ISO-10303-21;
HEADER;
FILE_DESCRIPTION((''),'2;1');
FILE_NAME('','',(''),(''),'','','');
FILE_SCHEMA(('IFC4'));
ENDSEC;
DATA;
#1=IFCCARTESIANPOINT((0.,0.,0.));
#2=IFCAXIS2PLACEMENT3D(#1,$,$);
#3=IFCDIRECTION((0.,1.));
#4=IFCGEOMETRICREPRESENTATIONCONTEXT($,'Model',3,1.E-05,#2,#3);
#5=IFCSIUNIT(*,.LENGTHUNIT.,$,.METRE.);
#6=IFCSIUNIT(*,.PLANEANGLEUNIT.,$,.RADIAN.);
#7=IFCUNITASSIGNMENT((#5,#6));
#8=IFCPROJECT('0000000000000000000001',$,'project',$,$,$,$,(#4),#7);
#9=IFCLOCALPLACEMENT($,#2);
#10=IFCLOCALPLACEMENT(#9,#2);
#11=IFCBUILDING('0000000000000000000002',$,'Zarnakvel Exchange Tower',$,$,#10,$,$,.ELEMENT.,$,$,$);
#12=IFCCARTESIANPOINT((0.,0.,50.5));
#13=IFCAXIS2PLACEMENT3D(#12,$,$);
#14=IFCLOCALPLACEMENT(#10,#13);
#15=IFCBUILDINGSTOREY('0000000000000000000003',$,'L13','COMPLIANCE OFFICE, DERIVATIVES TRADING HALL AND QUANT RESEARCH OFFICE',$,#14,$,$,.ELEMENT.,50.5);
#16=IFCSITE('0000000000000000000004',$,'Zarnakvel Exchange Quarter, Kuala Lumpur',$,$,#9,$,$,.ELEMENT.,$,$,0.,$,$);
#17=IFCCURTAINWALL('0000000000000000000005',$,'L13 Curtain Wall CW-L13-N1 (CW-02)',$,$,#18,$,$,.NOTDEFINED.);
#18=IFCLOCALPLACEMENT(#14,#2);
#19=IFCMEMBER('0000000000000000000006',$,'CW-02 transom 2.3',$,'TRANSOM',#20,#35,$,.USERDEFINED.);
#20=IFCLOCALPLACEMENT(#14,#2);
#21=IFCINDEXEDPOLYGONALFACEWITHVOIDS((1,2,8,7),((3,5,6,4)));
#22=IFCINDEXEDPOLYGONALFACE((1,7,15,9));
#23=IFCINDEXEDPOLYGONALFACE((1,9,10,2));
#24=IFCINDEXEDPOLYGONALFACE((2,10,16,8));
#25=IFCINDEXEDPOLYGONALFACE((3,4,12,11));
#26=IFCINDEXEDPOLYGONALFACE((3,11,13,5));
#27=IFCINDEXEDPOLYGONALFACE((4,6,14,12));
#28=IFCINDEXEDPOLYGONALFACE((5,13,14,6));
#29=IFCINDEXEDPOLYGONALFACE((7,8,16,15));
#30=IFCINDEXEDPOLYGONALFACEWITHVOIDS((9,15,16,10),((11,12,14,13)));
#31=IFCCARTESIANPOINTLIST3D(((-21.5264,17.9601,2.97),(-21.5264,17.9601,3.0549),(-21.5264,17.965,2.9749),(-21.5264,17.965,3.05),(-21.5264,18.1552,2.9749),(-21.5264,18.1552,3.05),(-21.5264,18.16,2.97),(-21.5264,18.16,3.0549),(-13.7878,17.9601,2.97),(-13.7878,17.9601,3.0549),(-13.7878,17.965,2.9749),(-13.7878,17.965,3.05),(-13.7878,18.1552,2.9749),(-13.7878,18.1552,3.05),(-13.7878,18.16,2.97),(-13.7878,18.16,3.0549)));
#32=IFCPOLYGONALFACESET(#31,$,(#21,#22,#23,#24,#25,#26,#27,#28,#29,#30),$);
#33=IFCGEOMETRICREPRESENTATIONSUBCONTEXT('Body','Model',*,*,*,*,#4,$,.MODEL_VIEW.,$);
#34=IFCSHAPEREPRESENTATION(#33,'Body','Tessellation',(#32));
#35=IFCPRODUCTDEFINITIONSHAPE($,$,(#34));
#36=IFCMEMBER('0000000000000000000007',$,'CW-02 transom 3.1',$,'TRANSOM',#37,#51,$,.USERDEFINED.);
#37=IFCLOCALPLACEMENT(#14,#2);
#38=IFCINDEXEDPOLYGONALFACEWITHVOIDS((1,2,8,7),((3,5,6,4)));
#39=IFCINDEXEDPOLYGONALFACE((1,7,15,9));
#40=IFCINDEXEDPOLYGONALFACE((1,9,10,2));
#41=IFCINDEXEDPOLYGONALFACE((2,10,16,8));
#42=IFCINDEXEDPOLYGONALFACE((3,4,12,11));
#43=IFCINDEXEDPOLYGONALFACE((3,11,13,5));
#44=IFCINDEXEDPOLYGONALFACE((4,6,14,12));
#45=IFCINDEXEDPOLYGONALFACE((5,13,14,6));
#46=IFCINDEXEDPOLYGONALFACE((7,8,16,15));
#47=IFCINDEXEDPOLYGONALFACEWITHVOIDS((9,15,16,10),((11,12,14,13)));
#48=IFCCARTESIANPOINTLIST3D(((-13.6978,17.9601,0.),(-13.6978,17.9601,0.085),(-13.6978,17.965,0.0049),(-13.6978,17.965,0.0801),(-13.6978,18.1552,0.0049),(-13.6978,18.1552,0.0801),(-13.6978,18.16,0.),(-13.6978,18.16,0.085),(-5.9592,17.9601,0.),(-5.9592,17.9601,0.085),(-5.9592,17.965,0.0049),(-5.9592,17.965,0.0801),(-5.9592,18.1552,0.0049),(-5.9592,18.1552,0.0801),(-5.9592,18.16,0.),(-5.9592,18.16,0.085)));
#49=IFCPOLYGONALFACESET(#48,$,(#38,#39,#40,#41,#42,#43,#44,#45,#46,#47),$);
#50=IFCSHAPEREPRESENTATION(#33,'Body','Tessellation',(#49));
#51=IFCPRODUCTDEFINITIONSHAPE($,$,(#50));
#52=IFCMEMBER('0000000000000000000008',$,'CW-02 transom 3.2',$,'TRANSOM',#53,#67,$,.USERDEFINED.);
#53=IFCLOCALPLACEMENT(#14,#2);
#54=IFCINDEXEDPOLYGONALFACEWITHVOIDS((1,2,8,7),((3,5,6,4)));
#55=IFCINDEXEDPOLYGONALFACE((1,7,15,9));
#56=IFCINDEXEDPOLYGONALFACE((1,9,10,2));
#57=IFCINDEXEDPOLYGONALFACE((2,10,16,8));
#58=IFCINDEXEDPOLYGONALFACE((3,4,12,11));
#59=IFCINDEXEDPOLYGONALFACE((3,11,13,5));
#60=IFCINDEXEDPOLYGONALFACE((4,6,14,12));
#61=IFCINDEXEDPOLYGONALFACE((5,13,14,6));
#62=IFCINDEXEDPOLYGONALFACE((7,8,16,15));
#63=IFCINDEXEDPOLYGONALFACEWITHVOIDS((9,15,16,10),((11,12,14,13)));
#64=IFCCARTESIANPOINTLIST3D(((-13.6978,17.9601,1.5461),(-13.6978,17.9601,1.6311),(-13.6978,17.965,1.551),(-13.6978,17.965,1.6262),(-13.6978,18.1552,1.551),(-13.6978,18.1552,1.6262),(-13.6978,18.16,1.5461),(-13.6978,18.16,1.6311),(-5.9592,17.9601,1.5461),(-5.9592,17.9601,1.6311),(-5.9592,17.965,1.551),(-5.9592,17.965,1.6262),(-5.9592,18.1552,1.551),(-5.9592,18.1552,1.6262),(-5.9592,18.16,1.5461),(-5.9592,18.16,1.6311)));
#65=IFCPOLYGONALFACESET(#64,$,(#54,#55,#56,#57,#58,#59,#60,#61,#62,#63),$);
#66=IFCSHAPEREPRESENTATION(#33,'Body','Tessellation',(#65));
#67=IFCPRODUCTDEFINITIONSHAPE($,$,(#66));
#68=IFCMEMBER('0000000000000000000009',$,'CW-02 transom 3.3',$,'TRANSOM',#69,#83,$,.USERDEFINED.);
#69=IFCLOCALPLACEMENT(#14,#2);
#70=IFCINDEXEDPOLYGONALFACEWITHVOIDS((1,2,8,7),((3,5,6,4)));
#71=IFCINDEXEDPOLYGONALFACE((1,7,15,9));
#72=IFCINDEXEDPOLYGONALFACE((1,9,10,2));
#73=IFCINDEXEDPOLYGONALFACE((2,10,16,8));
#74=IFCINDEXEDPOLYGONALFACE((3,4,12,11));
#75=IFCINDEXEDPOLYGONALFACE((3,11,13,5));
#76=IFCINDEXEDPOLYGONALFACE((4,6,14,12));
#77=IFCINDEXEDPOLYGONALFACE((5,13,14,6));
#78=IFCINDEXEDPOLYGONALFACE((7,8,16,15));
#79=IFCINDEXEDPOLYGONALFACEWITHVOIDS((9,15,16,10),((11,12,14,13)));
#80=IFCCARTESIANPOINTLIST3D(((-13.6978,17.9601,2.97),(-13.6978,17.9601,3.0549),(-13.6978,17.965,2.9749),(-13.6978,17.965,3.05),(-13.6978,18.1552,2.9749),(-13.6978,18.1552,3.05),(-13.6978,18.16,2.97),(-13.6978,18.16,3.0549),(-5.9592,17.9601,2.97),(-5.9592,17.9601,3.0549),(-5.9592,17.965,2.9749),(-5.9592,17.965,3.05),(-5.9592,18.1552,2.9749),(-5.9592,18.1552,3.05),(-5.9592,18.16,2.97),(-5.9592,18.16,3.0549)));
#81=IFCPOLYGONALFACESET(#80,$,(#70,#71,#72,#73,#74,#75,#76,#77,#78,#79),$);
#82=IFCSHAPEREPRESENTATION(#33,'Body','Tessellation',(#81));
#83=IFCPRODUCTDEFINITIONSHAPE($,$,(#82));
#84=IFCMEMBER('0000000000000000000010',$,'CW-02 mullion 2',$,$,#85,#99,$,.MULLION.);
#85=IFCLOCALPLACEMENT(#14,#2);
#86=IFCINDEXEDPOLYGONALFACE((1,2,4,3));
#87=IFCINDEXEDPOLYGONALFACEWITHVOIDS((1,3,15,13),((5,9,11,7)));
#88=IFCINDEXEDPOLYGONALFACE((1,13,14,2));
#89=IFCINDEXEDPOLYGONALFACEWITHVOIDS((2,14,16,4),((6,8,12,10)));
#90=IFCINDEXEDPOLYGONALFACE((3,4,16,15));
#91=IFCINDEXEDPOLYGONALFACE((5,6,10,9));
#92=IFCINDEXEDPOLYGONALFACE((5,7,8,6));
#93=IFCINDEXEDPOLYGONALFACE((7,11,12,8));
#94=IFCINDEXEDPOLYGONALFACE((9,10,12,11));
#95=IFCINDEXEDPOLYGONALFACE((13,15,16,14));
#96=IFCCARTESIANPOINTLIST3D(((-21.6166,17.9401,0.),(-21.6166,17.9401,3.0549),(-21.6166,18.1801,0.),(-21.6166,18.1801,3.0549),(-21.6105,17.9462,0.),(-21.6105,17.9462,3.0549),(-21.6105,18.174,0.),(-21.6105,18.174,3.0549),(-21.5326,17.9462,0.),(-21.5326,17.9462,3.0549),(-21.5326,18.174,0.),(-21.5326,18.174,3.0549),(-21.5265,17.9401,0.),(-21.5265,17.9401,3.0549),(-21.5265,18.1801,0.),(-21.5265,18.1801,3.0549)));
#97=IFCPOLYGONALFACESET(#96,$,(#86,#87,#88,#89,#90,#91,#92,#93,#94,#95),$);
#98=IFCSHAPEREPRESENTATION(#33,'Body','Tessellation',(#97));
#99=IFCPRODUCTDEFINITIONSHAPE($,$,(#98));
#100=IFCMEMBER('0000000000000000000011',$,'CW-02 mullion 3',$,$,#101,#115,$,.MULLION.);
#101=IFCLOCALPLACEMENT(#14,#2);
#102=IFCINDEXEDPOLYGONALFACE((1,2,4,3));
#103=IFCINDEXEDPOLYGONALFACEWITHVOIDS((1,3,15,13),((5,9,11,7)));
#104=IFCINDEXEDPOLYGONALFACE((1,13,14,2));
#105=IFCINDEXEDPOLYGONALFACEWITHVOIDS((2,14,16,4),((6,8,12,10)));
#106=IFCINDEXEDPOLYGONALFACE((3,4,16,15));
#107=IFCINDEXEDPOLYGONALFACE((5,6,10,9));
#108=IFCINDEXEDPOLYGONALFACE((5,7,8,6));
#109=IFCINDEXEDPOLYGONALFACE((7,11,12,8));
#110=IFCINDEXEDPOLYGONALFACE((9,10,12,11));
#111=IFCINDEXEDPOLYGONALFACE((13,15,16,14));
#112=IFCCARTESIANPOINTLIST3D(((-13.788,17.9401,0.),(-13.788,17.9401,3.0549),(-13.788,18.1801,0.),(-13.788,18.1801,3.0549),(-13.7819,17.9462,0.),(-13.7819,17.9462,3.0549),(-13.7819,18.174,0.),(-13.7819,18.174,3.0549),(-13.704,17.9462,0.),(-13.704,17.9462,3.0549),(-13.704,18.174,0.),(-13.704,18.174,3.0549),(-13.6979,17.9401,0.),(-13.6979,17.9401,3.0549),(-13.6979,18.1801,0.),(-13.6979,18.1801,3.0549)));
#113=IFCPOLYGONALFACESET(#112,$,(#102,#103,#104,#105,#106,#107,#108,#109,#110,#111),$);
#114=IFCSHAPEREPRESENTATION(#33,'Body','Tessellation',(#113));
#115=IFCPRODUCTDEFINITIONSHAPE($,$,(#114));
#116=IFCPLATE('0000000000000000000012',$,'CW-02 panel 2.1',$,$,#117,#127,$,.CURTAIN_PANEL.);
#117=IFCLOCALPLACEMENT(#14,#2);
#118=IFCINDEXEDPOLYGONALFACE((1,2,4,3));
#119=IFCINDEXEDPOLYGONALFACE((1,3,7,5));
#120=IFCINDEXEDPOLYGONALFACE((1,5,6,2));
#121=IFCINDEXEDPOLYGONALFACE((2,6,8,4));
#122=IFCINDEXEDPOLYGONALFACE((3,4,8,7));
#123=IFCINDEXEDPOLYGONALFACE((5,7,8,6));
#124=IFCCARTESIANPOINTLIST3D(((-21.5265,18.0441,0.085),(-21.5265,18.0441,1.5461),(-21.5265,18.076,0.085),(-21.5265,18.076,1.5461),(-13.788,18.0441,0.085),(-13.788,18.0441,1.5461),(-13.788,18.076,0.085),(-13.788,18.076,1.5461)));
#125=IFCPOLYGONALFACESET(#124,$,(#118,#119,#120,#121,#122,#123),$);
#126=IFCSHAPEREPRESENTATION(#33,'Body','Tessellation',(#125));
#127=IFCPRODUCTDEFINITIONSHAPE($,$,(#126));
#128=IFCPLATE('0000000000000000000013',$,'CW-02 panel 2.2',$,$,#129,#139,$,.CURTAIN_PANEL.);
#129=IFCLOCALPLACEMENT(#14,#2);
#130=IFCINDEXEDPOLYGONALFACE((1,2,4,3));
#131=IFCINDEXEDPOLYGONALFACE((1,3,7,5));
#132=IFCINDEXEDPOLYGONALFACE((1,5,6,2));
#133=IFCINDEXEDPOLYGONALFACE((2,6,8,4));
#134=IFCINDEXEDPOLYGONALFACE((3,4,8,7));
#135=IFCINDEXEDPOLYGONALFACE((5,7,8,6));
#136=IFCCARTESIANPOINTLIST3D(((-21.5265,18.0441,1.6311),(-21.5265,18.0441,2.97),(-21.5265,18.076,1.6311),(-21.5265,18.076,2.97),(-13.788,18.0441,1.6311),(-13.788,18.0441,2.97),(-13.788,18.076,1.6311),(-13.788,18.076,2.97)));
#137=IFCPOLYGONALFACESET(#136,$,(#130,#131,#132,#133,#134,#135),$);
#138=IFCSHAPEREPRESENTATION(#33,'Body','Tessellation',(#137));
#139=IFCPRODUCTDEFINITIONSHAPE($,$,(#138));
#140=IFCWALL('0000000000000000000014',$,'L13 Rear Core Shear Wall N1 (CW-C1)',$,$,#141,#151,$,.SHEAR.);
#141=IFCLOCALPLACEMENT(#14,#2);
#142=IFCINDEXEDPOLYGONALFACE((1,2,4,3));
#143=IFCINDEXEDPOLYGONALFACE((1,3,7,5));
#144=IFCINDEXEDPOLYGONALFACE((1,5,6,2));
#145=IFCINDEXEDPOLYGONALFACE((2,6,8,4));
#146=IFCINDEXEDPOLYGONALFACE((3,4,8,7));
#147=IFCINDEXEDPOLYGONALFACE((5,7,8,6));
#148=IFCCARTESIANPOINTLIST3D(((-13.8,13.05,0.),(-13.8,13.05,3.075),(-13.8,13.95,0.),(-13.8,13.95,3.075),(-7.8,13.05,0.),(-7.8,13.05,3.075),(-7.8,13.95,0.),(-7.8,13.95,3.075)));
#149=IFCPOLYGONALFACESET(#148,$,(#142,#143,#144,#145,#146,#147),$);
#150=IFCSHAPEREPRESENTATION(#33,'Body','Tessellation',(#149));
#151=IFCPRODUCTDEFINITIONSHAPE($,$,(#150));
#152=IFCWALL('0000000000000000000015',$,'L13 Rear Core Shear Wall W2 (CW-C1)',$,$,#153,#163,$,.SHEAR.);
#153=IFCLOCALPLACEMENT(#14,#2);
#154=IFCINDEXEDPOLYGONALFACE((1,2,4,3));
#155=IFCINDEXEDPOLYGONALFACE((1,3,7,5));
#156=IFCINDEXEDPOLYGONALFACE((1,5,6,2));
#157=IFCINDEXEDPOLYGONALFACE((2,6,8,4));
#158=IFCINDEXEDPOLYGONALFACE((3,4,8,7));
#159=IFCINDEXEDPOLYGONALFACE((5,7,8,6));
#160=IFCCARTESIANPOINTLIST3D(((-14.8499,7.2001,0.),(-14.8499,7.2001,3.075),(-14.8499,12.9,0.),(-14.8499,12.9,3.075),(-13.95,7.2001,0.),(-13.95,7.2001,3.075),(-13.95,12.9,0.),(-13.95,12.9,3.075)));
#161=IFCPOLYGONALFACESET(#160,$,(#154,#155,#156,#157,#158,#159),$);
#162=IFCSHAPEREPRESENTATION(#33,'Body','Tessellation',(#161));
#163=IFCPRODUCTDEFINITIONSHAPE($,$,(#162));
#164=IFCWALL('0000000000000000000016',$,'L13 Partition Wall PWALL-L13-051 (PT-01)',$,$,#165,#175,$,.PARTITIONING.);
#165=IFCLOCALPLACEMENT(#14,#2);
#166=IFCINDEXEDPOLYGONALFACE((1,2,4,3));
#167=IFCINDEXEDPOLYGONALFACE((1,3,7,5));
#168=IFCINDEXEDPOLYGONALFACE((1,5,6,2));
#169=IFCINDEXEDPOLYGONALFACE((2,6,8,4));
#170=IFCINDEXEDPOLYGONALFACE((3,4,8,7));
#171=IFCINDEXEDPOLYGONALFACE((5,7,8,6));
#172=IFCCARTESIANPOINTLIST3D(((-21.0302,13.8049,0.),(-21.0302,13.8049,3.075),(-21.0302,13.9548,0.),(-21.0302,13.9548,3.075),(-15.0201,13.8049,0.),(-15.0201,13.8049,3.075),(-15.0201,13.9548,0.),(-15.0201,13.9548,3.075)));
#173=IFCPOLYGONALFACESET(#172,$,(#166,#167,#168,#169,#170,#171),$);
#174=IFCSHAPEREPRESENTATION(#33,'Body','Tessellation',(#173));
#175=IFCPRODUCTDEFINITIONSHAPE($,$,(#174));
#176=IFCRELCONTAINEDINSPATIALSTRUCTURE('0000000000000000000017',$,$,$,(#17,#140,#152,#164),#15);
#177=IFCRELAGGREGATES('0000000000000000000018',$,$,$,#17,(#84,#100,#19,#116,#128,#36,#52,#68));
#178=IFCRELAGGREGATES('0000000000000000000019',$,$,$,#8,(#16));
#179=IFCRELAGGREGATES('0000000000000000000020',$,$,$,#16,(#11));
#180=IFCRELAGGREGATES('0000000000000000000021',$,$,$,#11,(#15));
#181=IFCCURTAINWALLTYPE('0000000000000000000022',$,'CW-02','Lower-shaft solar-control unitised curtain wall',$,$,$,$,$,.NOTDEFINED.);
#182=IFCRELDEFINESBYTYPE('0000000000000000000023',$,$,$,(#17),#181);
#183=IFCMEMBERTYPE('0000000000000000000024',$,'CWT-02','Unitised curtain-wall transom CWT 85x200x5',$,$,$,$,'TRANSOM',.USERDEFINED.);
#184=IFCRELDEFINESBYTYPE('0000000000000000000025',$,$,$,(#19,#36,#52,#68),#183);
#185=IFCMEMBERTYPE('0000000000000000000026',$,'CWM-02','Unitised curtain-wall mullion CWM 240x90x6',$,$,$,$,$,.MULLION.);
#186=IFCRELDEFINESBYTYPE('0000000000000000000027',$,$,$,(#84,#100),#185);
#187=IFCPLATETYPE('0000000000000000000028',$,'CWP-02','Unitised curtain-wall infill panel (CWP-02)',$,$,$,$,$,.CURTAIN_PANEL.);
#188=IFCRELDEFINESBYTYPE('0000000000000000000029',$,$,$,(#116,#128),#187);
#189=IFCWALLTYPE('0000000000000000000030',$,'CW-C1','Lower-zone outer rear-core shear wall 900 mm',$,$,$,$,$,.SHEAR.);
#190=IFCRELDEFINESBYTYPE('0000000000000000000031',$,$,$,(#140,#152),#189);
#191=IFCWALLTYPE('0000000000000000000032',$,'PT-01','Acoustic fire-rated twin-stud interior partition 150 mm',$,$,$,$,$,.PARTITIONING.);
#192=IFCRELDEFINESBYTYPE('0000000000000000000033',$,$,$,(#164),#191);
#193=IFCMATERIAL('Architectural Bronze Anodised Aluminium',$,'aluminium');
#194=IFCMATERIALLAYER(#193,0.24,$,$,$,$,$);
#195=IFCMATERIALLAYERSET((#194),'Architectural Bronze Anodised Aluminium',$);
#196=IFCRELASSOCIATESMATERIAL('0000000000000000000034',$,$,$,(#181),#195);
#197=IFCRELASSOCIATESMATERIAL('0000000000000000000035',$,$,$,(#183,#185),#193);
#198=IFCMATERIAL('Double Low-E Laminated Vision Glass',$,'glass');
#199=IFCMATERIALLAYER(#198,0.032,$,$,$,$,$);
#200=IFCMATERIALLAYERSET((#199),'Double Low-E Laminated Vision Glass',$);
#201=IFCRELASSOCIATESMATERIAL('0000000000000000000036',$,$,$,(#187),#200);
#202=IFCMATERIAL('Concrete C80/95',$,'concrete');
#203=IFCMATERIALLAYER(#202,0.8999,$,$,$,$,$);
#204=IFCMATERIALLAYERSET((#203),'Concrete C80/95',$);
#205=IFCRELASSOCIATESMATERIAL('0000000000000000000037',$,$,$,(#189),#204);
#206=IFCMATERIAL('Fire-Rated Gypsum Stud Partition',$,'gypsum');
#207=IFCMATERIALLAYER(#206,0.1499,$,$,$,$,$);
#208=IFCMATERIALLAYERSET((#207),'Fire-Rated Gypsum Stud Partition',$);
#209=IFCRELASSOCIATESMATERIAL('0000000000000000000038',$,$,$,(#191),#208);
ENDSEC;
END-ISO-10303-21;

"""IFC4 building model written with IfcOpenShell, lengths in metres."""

from ifc_helpers import new_model, si_unit, direction, frame, frame_2d, origin, origin_2d, place, context, subcontext, project, spatial, rectangle, hollow_rectangle, extrude, source, transform, mapped, material, layer, layer_set, material_profile, profile_set, type_object, element, aggregate, save


model = new_model("IFC4")

# Units and contexts
model_context = context("Model", 3, precision=1e-05, world=origin(), true_north=direction((0.0, 1.0)))
body_context = subcontext(model_context, "Body", "Model", "MODEL_VIEW")
ifc_project = project(units=[si_unit("LENGTHUNIT", "METRE"), si_unit("PLANEANGLEUNIT", "RADIAN")], contexts=[model_context])

# Site, building, storey
site_placement = place(None, origin())
site = spatial("IfcSite", under=ifc_project, at=site_placement, Name="Zarnakvel Exchange Quarter, Kuala Lumpur", CompositionType="ELEMENT", RefElevation=0.0)
building_placement = place(site_placement, origin())
building = spatial("IfcBuilding", under=site, at=building_placement, Name="Zarnakvel Exchange Tower", CompositionType="ELEMENT")
storey_placement = place(building_placement, frame((0.0, 0.0, 50.5)))
storey = spatial("IfcBuildingStorey", under=building, at=storey_placement, Name="L13", Description="COMPLIANCE OFFICE, DERIVATIVES TRADING HALL AND QUANT RESEARCH OFFICE", CompositionType="ELEMENT", Elevation=50.5)

# Shared definitions
ifc_material_1 = material(Name="Concrete C80/95", Category="concrete")

# Curtain wall, members, plates
ifc_material_2 = material(Name="Architectural Bronze Anodised Aluminium", Category="aluminium")
ifc_layer_1 = layer(ifc_material_2, 0.24)
ifc_layer_set_1 = layer_set([ifc_layer_1], Name="Architectural Bronze Anodised Aluminium")
curtain_wall_type = type_object("IfcCurtainWallType", Name="CW-02", Description="Lower-shaft solar-control unitised curtain wall", PredefinedType="NOTDEFINED", material=ifc_layer_set_1)
curtain_wall_placement = place(storey_placement, origin())
curtain_wall = element("IfcCurtainWall", 1, at=curtain_wall_placement, inside=storey, type_object=curtain_wall_type, Name="L13 Curtain Wall CW-L13-N1 (CW-02)", PredefinedType="NOTDEFINED")
ifc_material_profile_1 = material_profile(ifc_material_2, hollow_rectangle(XDim=0.2, YDim=0.085, WallThickness=0.0049, at=origin_2d()))
ifc_profile_set_1 = profile_set([ifc_material_profile_1], Name="Architectural Bronze Anodised Aluminium")
member_type_1 = type_object("IfcMemberType", Name="CWT-02", Description="Unitised curtain-wall transom CWT 85x200x5", ElementType="TRANSOM", PredefinedType="USERDEFINED", material=ifc_profile_set_1)
shared_shape_1 = source(origin(), body_context, "Body", "SweptSolid", [
    extrude(hollow_rectangle(XDim=0.2, YDim=0.085, WallThickness=0.0049, at=origin_2d()), origin(), (0.0, 0.0, 1.0), 7.7385),
])
member_1_placement = place(storey_placement, frame((-21.5264, 18.0601, 3.0125), z_axis=(1.0, 0.0, 0.0), x_axis=(0.0, 1.0, 0.0)))
member_1 = element("IfcMember", 2, at=member_1_placement, type_object=member_type_1, Name="CW-02 transom 2.3", ObjectType="TRANSOM", PredefinedType="USERDEFINED", context=body_context, shape_type="MappedRepresentation", body=[
    mapped(shared_shape_1, transform((0.0, 0.0, 0.0), x_axis=(1.0, 0.0, 0.0), y_axis=(0.0, 1.0, 0.0), z_axis=(0.0, 0.0, 1.0), scale=1.0)),
])
member_2_placement = place(storey_placement, frame((-13.6978, 18.0601, 0.0425), z_axis=(1.0, 0.0, 0.0), x_axis=(0.0, 1.0, 0.0)))
member_2 = element("IfcMember", 3, at=member_2_placement, type_object=member_type_1, Name="CW-02 transom 3.1", ObjectType="TRANSOM", PredefinedType="USERDEFINED", context=body_context, shape_type="MappedRepresentation", body=[
    mapped(shared_shape_1, transform((0.0, 0.0, 0.0), x_axis=(1.0, 0.0, 0.0), y_axis=(0.0, 1.0, 0.0), z_axis=(0.0, 0.0, 1.0), scale=1.0)),
])
member_3_placement = place(storey_placement, frame((-13.6978, 18.0601, 1.5886), z_axis=(1.0, 0.0, 0.0), x_axis=(0.0, 1.0, 0.0)))
member_3 = element("IfcMember", 4, at=member_3_placement, type_object=member_type_1, Name="CW-02 transom 3.2", ObjectType="TRANSOM", PredefinedType="USERDEFINED", context=body_context, shape_type="MappedRepresentation", body=[
    mapped(shared_shape_1, transform((0.0, 0.0, 0.0), x_axis=(1.0, 0.0, 0.0), y_axis=(0.0, 1.0, 0.0), z_axis=(0.0, 0.0, 1.0), scale=1.0)),
])
member_4_placement = place(storey_placement, frame((-13.6978, 18.0601, 3.0125), z_axis=(1.0, 0.0, 0.0), x_axis=(0.0, 1.0, 0.0)))
member_4 = element("IfcMember", 5, at=member_4_placement, type_object=member_type_1, Name="CW-02 transom 3.3", ObjectType="TRANSOM", PredefinedType="USERDEFINED", context=body_context, shape_type="MappedRepresentation", body=[
    mapped(shared_shape_1, transform((0.0, 0.0, 0.0), x_axis=(1.0, 0.0, 0.0), y_axis=(0.0, 1.0, 0.0), z_axis=(0.0, 0.0, 1.0), scale=1.0)),
])
ifc_material_profile_2 = material_profile(ifc_material_2, hollow_rectangle(XDim=0.24, YDim=0.0901, WallThickness=0.0061, at=origin_2d()))
ifc_profile_set_2 = profile_set([ifc_material_profile_2], Name="Architectural Bronze Anodised Aluminium")
member_type_2 = type_object("IfcMemberType", Name="CWM-02", Description="Unitised curtain-wall mullion CWM 240x90x6", PredefinedType="MULLION", material=ifc_profile_set_2)
shared_shape_2 = source(origin(), body_context, "Body", "SweptSolid", [
    extrude(hollow_rectangle(XDim=0.24, YDim=0.0901, WallThickness=0.0061, at=origin_2d()), origin(), (0.0, 0.0, 1.0), 3.0549),
])
member_5_placement = place(storey_placement, frame((-21.5715, 18.0601, 0.0), z_axis=(0.0, 0.0, 1.0), x_axis=(0.0, 1.0, 0.0)))
member_5 = element("IfcMember", 6, at=member_5_placement, type_object=member_type_2, Name="CW-02 mullion 2", PredefinedType="MULLION", context=body_context, shape_type="MappedRepresentation", body=[
    mapped(shared_shape_2, transform((0.0, 0.0, 0.0), x_axis=(1.0, 0.0, 0.0), y_axis=(0.0, 1.0, 0.0), z_axis=(0.0, 0.0, 1.0), scale=1.0)),
])
member_6_placement = place(storey_placement, frame((-13.7429, 18.0601, 0.0), z_axis=(0.0, 0.0, 1.0), x_axis=(0.0, 1.0, 0.0)))
member_6 = element("IfcMember", 7, at=member_6_placement, type_object=member_type_2, Name="CW-02 mullion 3", PredefinedType="MULLION", context=body_context, shape_type="MappedRepresentation", body=[
    mapped(shared_shape_2, transform((0.0, 0.0, 0.0), x_axis=(1.0, 0.0, 0.0), y_axis=(0.0, 1.0, 0.0), z_axis=(0.0, 0.0, 1.0), scale=1.0)),
])
ifc_material_3 = material(Name="Double Low-E Laminated Vision Glass", Category="glass")
ifc_layer_2 = layer(ifc_material_3, 0.032)
ifc_layer_set_2 = layer_set([ifc_layer_2], Name="Double Low-E Laminated Vision Glass")
plate_type = type_object("IfcPlateType", Name="CWP-02", Description="Unitised curtain-wall infill panel (CWP-02)", PredefinedType="CURTAIN_PANEL", material=ifc_layer_set_2)
shared_shape_3 = source(origin(), body_context, "Body", "SweptSolid", [
    extrude(rectangle(XDim=7.7385, YDim=0.032, at=origin_2d()), origin(), (0.0, 0.0, 1.0), 1.4612),
])
plate_1_placement = place(storey_placement, frame((-17.6572, 18.0601, 0.085), z_axis=(0.0, 0.0, 1.0), x_axis=(1.0, 0.0, 0.0)))
plate_1 = element("IfcPlate", 8, at=plate_1_placement, type_object=plate_type, Name="CW-02 panel 2.1", PredefinedType="CURTAIN_PANEL", context=body_context, shape_type="MappedRepresentation", body=[
    mapped(shared_shape_3, transform((0.0, 0.0, 0.0), x_axis=(1.0, 0.0, 0.0), y_axis=(0.0, 1.0, 0.0), z_axis=(0.0, 0.0, 1.0), scale=1.0)),
])
shared_shape_4 = source(origin(), body_context, "Body", "SweptSolid", [
    extrude(rectangle(XDim=7.7385, YDim=0.032, at=origin_2d()), origin(), (0.0, 0.0, 1.0), 1.3389),
])
plate_2_placement = place(storey_placement, frame((-17.6572, 18.0601, 1.6311), z_axis=(0.0, 0.0, 1.0), x_axis=(1.0, 0.0, 0.0)))
plate_2 = element("IfcPlate", 9, at=plate_2_placement, type_object=plate_type, Name="CW-02 panel 2.2", PredefinedType="CURTAIN_PANEL", context=body_context, shape_type="MappedRepresentation", body=[
    mapped(shared_shape_4, transform((0.0, 0.0, 0.0), x_axis=(1.0, 0.0, 0.0), y_axis=(0.0, 1.0, 0.0), z_axis=(0.0, 0.0, 1.0), scale=1.0)),
])
aggregate(curtain_wall, [member_5, member_6, member_1, plate_1, plate_2, member_2, member_3, member_4])

# Walls
ifc_layer_3 = layer(ifc_material_1, 0.8999)
ifc_layer_set_3 = layer_set([ifc_layer_3], Name="Concrete C80/95")
wall_type_1 = type_object("IfcWallType", Name="CW-C1", Description="Lower-zone outer rear-core shear wall 900 mm", PredefinedType="SHEAR", material=ifc_layer_set_3)
wall_1_placement = place(storey_placement, frame((-13.8, 13.5, 0.0), z_axis=(0.0, 0.0, 1.0), x_axis=(1.0, 0.0, 0.0)))
element("IfcWall", 10, at=wall_1_placement, inside=storey, type_object=wall_type_1, Name="L13 Rear Core Shear Wall N1 (CW-C1)", PredefinedType="SHEAR", context=body_context, shape_type="SweptSolid", body=[
    extrude(rectangle(XDim=6.0, YDim=0.8999, at=frame_2d((3.0, 0.0))), origin(), (0.0, 0.0, 1.0), 3.075),
])
wall_2_placement = place(storey_placement, frame((-14.3999, 7.2, 0.0), z_axis=(0.0, 0.0, 1.0), x_axis=(0.0, 1.0, 0.0)))
element("IfcWall", 11, at=wall_2_placement, inside=storey, type_object=wall_type_1, Name="L13 Rear Core Shear Wall W2 (CW-C1)", PredefinedType="SHEAR", context=body_context, shape_type="SweptSolid", body=[
    extrude(rectangle(XDim=5.7, YDim=0.8999, at=frame_2d((2.8501, 0.0))), origin(), (0.0, 0.0, 1.0), 3.075),
])
ifc_material_4 = material(Name="Fire-Rated Gypsum Stud Partition", Category="gypsum")
ifc_layer_4 = layer(ifc_material_4, 0.1499)
ifc_layer_set_4 = layer_set([ifc_layer_4], Name="Fire-Rated Gypsum Stud Partition")
wall_type_2 = type_object("IfcWallType", Name="PT-01", Description="Acoustic fire-rated twin-stud interior partition 150 mm", PredefinedType="PARTITIONING", material=ifc_layer_set_4)
wall_3_placement = place(storey_placement, frame((-21.03, 13.8799, 0.0), z_axis=(0.0, 0.0, 1.0), x_axis=(1.0, 0.0, 0.0)))
element("IfcWall", 12, at=wall_3_placement, inside=storey, type_object=wall_type_2, Name="L13 Partition Wall PWALL-L13-051 (PT-01)", PredefinedType="PARTITIONING", context=body_context, shape_type="SweptSolid", body=[
    extrude(rectangle(XDim=6.01, YDim=0.1499, at=frame_2d((3.0049, 0.0))), origin(), (0.0, 0.0, 1.0), 3.075),
])

save(model, "model.ifc")
